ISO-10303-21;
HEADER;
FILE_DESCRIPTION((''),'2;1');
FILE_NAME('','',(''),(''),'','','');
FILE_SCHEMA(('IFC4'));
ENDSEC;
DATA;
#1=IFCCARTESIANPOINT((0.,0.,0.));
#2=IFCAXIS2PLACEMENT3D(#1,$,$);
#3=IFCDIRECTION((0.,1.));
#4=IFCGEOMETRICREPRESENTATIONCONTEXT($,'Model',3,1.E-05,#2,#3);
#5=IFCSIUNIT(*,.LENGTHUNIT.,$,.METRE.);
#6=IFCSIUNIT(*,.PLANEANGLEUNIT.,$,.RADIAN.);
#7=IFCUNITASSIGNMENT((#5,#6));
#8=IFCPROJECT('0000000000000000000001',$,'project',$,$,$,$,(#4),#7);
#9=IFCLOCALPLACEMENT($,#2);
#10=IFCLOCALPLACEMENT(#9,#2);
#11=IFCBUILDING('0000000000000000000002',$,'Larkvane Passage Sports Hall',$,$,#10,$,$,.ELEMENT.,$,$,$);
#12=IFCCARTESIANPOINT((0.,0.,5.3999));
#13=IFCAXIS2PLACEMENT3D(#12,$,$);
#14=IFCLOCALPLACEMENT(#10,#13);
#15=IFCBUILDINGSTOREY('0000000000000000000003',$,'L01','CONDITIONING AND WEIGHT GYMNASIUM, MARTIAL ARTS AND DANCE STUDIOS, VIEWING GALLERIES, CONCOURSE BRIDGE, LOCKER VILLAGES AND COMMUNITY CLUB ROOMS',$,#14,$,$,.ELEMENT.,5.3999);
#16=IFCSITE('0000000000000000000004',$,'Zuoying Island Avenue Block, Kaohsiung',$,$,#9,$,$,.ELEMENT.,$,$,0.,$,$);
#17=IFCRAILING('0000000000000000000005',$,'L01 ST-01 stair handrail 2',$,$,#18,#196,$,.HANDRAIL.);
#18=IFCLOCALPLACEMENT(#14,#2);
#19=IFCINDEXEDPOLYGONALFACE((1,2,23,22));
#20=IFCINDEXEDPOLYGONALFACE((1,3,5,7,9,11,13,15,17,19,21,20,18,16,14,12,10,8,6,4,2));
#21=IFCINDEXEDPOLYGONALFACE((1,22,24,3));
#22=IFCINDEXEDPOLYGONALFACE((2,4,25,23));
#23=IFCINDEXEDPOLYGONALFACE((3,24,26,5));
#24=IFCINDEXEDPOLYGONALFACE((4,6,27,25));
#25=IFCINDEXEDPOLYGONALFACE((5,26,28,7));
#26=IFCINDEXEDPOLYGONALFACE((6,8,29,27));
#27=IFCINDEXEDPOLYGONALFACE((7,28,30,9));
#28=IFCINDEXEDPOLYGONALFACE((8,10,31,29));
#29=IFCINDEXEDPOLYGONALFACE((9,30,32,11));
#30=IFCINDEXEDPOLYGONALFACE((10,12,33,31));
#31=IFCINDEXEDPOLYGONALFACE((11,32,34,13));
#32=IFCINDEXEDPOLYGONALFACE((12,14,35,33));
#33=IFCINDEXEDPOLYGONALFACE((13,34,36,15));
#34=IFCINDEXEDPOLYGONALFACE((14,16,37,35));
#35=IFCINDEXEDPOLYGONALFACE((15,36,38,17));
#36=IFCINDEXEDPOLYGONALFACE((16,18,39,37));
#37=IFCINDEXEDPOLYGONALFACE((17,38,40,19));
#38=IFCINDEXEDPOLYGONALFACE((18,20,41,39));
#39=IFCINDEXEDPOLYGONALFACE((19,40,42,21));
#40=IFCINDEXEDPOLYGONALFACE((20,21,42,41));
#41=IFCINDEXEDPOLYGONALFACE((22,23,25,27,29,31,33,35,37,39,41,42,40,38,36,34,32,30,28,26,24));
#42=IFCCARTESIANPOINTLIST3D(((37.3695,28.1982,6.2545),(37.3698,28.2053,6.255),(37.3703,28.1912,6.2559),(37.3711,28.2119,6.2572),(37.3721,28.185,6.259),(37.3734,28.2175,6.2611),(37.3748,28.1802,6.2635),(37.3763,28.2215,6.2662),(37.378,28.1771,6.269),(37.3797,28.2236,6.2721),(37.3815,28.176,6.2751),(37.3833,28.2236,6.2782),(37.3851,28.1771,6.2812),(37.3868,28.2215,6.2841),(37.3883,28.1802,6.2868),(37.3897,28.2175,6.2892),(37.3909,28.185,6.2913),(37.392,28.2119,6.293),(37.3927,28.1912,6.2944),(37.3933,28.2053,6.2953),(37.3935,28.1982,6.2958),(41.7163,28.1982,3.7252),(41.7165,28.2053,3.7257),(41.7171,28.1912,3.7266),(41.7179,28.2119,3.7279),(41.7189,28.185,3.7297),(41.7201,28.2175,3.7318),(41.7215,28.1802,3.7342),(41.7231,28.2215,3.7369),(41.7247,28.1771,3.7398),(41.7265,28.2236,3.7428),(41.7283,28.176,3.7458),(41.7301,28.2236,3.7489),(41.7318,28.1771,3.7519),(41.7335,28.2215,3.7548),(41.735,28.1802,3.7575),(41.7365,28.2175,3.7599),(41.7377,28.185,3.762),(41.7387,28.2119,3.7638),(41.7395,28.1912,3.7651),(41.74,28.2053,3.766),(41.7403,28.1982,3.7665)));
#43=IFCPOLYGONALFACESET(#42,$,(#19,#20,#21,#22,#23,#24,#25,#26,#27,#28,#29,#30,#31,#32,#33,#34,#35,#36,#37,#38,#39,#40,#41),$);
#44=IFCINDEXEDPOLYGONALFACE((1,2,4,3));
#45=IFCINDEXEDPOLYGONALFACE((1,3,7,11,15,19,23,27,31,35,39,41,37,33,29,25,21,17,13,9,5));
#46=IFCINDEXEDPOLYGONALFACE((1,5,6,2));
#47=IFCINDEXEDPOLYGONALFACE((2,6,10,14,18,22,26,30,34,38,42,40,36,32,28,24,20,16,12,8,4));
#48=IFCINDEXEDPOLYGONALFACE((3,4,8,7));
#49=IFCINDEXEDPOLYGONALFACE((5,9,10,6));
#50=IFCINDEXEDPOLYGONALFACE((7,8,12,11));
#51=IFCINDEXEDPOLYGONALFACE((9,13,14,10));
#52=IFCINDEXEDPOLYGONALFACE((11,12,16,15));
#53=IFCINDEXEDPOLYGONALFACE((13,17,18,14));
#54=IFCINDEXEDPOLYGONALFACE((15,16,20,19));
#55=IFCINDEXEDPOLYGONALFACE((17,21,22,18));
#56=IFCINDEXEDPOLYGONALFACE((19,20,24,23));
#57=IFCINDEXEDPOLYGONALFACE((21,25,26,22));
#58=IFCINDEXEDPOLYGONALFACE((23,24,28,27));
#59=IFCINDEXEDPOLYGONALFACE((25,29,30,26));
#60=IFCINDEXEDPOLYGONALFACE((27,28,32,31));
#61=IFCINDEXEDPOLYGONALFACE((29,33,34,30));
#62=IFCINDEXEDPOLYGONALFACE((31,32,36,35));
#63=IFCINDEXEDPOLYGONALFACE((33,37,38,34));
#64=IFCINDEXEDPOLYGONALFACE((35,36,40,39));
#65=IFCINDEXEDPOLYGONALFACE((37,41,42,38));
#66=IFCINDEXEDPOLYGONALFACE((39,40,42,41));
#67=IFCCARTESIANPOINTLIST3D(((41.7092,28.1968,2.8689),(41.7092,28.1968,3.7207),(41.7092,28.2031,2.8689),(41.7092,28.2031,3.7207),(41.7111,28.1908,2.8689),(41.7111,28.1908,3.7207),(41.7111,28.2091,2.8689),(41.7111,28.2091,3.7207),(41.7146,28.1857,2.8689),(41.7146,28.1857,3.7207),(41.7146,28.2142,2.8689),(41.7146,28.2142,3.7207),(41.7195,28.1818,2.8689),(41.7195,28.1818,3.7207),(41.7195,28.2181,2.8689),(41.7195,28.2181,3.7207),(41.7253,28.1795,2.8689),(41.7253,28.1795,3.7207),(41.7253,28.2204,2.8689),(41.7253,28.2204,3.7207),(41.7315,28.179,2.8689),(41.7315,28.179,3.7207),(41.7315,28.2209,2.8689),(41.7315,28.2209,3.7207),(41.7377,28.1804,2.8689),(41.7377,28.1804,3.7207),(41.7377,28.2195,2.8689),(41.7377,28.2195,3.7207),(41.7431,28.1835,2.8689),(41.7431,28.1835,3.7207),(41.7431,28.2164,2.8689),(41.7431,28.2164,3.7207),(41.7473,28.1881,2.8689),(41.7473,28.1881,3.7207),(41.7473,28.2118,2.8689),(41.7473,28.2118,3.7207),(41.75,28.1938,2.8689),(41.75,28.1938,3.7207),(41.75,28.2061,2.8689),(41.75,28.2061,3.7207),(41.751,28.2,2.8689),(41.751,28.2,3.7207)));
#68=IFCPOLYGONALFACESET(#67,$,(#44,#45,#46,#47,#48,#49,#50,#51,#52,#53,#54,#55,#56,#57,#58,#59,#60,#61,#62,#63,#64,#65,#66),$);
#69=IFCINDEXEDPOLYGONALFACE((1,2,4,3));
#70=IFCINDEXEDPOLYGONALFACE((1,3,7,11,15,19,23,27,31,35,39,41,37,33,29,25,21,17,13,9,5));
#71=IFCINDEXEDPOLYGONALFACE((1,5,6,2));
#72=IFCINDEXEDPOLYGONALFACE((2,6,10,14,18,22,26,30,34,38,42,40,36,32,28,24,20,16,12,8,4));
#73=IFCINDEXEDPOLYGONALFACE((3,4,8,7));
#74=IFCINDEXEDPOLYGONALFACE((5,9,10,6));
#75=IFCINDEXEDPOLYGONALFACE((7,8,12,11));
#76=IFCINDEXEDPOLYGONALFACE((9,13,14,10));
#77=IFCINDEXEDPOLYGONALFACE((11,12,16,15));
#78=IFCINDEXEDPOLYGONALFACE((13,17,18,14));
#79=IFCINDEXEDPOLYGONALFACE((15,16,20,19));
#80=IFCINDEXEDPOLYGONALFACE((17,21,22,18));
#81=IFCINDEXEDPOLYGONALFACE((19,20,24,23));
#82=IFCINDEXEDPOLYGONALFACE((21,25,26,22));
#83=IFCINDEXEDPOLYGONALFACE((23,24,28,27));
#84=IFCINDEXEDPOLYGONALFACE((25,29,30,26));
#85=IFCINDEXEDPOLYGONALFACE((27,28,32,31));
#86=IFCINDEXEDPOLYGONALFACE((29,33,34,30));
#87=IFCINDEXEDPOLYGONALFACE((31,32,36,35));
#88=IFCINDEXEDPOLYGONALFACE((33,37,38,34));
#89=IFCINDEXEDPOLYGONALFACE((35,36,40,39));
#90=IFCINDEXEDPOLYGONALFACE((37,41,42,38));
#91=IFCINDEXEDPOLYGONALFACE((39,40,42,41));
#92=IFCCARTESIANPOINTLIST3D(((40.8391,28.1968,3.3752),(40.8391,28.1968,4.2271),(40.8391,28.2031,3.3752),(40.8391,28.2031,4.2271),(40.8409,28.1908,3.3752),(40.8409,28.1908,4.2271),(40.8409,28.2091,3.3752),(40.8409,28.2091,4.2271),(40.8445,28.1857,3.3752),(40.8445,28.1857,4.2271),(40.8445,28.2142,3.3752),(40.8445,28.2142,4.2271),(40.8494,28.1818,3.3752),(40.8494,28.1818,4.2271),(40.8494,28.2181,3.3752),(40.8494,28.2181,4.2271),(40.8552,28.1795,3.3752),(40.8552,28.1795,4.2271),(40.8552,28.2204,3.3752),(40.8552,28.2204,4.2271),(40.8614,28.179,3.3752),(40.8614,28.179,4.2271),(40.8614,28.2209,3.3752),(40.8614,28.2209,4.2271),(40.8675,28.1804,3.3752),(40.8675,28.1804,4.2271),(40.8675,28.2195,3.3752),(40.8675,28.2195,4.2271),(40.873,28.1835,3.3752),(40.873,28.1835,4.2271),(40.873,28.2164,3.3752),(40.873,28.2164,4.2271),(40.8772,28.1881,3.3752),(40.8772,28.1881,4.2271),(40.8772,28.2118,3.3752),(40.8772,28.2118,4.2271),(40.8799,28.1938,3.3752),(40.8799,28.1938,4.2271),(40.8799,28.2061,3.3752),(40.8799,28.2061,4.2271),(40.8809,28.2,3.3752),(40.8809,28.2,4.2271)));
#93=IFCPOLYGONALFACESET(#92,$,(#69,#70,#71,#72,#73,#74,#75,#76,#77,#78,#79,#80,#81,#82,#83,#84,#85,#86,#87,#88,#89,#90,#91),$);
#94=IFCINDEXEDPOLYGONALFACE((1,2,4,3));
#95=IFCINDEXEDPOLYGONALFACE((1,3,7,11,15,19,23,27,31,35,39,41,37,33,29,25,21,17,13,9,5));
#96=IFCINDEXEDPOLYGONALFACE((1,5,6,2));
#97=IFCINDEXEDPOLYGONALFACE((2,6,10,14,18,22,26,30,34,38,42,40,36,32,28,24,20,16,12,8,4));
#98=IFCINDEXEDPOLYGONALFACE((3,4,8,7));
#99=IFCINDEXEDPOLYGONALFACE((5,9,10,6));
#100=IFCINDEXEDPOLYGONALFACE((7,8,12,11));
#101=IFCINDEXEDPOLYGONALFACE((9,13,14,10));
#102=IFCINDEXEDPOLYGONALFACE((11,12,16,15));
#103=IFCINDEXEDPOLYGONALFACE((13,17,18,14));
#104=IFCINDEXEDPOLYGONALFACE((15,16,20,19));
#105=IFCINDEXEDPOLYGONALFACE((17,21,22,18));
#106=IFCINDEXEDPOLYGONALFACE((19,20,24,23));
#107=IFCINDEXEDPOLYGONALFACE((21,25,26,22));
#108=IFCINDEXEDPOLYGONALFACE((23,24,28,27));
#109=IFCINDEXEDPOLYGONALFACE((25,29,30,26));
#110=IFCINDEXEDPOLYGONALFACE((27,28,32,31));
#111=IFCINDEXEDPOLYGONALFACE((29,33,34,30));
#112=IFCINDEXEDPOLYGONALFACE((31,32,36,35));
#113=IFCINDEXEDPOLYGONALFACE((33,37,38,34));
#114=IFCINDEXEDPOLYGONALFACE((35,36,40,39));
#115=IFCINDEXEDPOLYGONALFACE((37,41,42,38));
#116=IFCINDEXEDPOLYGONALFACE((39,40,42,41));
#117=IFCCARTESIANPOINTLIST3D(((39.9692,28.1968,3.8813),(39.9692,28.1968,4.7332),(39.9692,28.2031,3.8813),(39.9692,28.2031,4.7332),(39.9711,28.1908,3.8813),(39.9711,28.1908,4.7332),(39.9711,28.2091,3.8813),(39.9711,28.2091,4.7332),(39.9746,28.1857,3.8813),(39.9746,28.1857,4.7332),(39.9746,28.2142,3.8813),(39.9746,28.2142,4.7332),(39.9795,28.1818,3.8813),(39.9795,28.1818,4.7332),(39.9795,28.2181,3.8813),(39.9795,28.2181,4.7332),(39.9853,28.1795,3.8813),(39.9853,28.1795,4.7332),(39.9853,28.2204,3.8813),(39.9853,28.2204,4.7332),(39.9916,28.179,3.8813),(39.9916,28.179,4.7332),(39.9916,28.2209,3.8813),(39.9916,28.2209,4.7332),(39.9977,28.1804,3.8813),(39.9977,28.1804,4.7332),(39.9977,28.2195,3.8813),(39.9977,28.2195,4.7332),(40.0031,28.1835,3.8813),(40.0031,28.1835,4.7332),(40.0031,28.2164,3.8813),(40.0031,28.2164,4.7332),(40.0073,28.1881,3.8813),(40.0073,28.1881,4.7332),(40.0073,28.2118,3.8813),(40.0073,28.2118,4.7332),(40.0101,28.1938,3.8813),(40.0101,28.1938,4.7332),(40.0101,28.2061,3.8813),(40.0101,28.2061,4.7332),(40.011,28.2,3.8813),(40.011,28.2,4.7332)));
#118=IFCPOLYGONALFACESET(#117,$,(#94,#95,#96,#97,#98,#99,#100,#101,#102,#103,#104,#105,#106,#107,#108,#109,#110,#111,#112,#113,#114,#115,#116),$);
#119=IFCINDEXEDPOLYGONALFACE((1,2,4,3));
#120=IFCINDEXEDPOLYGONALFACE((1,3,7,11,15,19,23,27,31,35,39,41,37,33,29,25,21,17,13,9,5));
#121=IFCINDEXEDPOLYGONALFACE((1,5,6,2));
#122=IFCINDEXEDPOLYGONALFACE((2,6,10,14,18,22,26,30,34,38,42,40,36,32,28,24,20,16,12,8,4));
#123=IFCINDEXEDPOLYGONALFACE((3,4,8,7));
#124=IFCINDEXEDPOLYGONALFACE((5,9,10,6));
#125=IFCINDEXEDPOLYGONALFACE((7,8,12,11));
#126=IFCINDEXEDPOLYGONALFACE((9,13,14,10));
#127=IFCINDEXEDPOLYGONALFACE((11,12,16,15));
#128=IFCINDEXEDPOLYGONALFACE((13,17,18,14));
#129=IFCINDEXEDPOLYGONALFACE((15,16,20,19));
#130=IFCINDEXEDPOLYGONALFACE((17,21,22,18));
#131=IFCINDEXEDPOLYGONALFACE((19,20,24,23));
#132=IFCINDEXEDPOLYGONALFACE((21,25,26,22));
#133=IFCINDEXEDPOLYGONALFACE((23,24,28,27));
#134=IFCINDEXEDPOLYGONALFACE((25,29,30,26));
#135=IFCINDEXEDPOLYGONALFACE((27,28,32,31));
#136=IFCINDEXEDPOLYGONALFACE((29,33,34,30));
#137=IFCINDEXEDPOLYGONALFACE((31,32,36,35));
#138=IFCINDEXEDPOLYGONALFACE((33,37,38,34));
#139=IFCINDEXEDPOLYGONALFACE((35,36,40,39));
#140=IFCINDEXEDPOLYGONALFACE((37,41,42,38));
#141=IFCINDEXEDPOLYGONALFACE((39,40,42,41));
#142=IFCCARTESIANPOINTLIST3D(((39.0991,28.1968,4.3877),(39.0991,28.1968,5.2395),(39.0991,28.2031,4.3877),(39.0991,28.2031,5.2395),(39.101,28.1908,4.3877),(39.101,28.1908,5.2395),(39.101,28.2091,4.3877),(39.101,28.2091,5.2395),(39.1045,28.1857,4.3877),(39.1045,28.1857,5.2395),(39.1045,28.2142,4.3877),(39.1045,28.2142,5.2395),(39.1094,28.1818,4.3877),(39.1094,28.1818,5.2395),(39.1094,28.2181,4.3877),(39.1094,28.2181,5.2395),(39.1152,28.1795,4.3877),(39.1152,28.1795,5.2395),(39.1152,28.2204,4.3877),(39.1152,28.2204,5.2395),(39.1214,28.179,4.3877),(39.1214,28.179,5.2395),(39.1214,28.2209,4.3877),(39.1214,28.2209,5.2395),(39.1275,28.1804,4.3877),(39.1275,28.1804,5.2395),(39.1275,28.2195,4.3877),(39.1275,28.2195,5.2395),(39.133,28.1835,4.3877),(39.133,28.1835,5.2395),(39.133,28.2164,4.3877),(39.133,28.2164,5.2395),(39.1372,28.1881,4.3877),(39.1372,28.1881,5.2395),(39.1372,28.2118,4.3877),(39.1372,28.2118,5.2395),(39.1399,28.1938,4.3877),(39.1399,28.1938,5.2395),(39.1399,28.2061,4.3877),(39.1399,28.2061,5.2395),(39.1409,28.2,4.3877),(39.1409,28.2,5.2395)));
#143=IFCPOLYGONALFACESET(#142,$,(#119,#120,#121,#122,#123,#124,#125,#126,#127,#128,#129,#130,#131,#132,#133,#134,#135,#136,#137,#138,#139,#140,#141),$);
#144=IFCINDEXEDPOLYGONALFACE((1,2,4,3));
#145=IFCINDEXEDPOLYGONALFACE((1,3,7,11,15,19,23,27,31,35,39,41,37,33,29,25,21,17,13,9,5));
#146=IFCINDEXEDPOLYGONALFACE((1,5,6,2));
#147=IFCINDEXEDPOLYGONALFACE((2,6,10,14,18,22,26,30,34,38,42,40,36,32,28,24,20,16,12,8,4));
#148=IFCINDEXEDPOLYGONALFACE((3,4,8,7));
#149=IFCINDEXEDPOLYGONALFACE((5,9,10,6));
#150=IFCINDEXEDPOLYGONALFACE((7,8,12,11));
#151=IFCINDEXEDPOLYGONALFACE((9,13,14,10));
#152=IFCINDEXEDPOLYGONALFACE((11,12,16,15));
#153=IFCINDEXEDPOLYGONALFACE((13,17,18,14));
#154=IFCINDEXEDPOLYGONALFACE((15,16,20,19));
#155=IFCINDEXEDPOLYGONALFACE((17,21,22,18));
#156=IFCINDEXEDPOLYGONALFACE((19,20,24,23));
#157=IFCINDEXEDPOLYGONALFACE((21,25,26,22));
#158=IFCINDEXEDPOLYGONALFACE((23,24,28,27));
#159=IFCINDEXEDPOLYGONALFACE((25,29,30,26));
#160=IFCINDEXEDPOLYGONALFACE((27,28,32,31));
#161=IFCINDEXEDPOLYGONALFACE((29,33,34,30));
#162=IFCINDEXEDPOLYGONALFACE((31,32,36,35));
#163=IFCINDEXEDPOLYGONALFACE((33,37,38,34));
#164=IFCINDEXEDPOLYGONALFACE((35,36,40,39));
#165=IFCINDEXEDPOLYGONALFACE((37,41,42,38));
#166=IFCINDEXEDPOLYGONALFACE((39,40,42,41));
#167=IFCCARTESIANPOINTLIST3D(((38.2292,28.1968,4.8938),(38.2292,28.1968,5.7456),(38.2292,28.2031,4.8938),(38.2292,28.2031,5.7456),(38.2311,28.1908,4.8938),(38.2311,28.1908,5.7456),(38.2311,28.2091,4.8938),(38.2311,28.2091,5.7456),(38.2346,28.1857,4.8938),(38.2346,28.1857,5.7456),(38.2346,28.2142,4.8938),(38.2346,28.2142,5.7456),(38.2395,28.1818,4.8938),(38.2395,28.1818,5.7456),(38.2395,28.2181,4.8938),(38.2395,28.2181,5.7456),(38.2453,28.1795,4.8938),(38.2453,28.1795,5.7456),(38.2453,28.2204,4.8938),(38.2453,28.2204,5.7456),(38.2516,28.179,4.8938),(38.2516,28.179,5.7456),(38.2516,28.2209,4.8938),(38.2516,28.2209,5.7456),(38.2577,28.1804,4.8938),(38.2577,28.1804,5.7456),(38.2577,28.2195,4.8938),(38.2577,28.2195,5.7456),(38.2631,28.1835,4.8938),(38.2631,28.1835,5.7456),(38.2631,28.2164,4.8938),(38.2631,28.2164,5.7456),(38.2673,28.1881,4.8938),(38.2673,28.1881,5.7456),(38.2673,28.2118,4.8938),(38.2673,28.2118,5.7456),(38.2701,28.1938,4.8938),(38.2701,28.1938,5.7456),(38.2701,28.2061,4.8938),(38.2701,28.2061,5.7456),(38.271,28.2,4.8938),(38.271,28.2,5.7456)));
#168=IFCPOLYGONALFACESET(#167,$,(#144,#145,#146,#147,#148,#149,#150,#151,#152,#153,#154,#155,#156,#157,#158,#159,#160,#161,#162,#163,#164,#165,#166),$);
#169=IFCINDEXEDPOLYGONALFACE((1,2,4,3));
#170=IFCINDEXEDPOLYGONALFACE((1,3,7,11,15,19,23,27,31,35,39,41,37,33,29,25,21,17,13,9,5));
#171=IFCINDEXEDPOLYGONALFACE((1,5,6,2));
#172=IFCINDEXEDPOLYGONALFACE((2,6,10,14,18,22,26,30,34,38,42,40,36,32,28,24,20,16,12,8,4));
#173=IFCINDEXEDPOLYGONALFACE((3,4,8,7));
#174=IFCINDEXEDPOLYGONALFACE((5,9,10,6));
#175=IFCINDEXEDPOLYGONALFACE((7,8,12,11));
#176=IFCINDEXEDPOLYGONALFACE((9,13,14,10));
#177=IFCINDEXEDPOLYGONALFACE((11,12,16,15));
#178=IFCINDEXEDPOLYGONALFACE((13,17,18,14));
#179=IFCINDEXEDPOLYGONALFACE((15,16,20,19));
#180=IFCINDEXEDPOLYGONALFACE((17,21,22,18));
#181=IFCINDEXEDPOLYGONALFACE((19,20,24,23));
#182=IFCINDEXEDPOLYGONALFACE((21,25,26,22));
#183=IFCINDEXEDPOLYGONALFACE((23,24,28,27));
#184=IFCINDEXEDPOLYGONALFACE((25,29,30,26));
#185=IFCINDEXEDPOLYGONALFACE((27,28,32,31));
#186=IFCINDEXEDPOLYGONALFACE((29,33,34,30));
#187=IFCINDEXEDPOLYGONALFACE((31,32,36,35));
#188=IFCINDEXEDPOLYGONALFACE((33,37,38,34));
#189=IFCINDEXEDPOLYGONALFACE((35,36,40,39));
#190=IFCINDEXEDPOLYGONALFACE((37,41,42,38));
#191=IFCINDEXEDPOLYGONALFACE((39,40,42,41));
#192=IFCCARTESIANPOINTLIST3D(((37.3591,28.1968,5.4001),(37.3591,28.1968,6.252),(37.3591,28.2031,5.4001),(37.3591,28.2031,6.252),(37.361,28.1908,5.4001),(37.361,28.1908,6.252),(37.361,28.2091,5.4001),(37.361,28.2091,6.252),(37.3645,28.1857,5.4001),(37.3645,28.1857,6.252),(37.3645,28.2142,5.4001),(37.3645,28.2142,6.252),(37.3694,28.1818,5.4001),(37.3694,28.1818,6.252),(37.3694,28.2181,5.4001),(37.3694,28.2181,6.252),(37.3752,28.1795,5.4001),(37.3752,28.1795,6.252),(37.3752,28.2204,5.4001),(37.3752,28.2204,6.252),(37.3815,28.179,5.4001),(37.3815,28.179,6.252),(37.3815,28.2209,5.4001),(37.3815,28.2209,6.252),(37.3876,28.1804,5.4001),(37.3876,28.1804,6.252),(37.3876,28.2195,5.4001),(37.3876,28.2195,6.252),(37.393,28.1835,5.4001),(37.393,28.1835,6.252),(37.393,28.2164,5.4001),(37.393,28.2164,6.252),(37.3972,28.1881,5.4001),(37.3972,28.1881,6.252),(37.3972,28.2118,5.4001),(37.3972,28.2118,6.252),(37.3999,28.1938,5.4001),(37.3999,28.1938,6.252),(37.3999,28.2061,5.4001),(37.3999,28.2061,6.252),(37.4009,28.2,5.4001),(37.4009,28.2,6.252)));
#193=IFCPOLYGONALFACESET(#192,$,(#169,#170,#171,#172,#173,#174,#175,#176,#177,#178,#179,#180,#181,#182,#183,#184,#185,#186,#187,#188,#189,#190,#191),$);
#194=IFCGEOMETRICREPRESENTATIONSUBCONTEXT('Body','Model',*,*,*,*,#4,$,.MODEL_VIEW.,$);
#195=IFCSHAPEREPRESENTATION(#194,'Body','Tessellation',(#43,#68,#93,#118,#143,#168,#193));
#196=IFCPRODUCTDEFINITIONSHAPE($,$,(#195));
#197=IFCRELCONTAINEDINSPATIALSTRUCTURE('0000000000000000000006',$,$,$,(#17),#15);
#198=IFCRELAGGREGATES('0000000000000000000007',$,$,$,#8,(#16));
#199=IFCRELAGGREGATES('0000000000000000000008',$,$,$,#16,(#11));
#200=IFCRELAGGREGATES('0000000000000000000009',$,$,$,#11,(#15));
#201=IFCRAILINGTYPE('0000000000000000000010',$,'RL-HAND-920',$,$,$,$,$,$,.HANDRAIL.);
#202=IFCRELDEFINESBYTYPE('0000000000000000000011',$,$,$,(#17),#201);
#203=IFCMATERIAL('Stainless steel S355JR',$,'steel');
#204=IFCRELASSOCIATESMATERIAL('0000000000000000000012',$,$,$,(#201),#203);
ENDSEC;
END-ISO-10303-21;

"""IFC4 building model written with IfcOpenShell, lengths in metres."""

from ifc_helpers import new_model, si_unit, direction, frame, origin, origin_2d, place, context, subcontext, project, spatial, circle, extrude, material, type_object, element, save


model = new_model("IFC4")

# Units and contexts
model_context = context("Model", 3, precision=1e-05, world=origin(), true_north=direction((0.0, 1.0)))
body_context = subcontext(model_context, "Body", "Model", "MODEL_VIEW")
ifc_project = project(units=[si_unit("LENGTHUNIT", "METRE"), si_unit("PLANEANGLEUNIT", "RADIAN")], contexts=[model_context])

# Site, building, storey
site_placement = place(None, origin())
site = spatial("IfcSite", under=ifc_project, at=site_placement, Name="Zuoying Island Avenue Block, Kaohsiung", CompositionType="ELEMENT", RefElevation=0.0)
building_placement = place(site_placement, origin())
building = spatial("IfcBuilding", under=site, at=building_placement, Name="Larkvane Passage Sports Hall", CompositionType="ELEMENT")
storey_placement = place(building_placement, frame((0.0, 0.0, 5.3999)))
storey = spatial("IfcBuildingStorey", under=building, at=storey_placement, Name="L01", Description="CONDITIONING AND WEIGHT GYMNASIUM, MARTIAL ARTS AND DANCE STUDIOS, VIEWING GALLERIES, CONCOURSE BRIDGE, LOCKER VILLAGES AND COMMUNITY CLUB ROOMS", CompositionType="ELEMENT", Elevation=5.3999)

# Railing
ifc_material_1 = material(Name="Stainless steel S355JR", Category="steel")
railing_type_1 = type_object("IfcRailingType", Name="RL-HAND-920", PredefinedType="HANDRAIL", material=ifc_material_1)
railing_1_placement = place(storey_placement, frame((41.73, 28.2, 2.8689)))
element("IfcRailing", 1, at=railing_1_placement, inside=storey, type_object=railing_type_1, Name="L01 ST-01 stair handrail 2", PredefinedType="HANDRAIL", context=body_context, shape_type="SweptSolid", body=[
    extrude(circle(Radius=0.0239, at=origin_2d()), frame((-0.0017, 0.0, 0.877), z_axis=(-0.864324, 0.0, 0.502936), x_axis=(0.0, -1.0, 0.0)), (0.0, 0.0, 1.0), 5.0291),
    extrude(circle(Radius=0.021, at=origin_2d()), origin(), (0.0, 0.0, 1.0), 0.8518),
    extrude(circle(Radius=0.021, at=origin_2d()), frame((-0.8701, 0.0, 0.5063)), (0.0, 0.0, 1.0), 0.8518),
    extrude(circle(Radius=0.021, at=origin_2d()), frame((-1.74, 0.0, 1.0125)), (0.0, 0.0, 1.0), 0.8518),
    extrude(circle(Radius=0.021, at=origin_2d()), frame((-2.6101, 0.0, 1.5188)), (0.0, 0.0, 1.0), 0.8518),
    extrude(circle(Radius=0.021, at=origin_2d()), frame((-3.48, 0.0, 2.0249)), (0.0, 0.0, 1.0), 0.8518),
    extrude(circle(Radius=0.021, at=origin_2d()), frame((-4.3501, 0.0, 2.5312)), (0.0, 0.0, 1.0), 0.8518),
])

save(model, "model.ifc")
